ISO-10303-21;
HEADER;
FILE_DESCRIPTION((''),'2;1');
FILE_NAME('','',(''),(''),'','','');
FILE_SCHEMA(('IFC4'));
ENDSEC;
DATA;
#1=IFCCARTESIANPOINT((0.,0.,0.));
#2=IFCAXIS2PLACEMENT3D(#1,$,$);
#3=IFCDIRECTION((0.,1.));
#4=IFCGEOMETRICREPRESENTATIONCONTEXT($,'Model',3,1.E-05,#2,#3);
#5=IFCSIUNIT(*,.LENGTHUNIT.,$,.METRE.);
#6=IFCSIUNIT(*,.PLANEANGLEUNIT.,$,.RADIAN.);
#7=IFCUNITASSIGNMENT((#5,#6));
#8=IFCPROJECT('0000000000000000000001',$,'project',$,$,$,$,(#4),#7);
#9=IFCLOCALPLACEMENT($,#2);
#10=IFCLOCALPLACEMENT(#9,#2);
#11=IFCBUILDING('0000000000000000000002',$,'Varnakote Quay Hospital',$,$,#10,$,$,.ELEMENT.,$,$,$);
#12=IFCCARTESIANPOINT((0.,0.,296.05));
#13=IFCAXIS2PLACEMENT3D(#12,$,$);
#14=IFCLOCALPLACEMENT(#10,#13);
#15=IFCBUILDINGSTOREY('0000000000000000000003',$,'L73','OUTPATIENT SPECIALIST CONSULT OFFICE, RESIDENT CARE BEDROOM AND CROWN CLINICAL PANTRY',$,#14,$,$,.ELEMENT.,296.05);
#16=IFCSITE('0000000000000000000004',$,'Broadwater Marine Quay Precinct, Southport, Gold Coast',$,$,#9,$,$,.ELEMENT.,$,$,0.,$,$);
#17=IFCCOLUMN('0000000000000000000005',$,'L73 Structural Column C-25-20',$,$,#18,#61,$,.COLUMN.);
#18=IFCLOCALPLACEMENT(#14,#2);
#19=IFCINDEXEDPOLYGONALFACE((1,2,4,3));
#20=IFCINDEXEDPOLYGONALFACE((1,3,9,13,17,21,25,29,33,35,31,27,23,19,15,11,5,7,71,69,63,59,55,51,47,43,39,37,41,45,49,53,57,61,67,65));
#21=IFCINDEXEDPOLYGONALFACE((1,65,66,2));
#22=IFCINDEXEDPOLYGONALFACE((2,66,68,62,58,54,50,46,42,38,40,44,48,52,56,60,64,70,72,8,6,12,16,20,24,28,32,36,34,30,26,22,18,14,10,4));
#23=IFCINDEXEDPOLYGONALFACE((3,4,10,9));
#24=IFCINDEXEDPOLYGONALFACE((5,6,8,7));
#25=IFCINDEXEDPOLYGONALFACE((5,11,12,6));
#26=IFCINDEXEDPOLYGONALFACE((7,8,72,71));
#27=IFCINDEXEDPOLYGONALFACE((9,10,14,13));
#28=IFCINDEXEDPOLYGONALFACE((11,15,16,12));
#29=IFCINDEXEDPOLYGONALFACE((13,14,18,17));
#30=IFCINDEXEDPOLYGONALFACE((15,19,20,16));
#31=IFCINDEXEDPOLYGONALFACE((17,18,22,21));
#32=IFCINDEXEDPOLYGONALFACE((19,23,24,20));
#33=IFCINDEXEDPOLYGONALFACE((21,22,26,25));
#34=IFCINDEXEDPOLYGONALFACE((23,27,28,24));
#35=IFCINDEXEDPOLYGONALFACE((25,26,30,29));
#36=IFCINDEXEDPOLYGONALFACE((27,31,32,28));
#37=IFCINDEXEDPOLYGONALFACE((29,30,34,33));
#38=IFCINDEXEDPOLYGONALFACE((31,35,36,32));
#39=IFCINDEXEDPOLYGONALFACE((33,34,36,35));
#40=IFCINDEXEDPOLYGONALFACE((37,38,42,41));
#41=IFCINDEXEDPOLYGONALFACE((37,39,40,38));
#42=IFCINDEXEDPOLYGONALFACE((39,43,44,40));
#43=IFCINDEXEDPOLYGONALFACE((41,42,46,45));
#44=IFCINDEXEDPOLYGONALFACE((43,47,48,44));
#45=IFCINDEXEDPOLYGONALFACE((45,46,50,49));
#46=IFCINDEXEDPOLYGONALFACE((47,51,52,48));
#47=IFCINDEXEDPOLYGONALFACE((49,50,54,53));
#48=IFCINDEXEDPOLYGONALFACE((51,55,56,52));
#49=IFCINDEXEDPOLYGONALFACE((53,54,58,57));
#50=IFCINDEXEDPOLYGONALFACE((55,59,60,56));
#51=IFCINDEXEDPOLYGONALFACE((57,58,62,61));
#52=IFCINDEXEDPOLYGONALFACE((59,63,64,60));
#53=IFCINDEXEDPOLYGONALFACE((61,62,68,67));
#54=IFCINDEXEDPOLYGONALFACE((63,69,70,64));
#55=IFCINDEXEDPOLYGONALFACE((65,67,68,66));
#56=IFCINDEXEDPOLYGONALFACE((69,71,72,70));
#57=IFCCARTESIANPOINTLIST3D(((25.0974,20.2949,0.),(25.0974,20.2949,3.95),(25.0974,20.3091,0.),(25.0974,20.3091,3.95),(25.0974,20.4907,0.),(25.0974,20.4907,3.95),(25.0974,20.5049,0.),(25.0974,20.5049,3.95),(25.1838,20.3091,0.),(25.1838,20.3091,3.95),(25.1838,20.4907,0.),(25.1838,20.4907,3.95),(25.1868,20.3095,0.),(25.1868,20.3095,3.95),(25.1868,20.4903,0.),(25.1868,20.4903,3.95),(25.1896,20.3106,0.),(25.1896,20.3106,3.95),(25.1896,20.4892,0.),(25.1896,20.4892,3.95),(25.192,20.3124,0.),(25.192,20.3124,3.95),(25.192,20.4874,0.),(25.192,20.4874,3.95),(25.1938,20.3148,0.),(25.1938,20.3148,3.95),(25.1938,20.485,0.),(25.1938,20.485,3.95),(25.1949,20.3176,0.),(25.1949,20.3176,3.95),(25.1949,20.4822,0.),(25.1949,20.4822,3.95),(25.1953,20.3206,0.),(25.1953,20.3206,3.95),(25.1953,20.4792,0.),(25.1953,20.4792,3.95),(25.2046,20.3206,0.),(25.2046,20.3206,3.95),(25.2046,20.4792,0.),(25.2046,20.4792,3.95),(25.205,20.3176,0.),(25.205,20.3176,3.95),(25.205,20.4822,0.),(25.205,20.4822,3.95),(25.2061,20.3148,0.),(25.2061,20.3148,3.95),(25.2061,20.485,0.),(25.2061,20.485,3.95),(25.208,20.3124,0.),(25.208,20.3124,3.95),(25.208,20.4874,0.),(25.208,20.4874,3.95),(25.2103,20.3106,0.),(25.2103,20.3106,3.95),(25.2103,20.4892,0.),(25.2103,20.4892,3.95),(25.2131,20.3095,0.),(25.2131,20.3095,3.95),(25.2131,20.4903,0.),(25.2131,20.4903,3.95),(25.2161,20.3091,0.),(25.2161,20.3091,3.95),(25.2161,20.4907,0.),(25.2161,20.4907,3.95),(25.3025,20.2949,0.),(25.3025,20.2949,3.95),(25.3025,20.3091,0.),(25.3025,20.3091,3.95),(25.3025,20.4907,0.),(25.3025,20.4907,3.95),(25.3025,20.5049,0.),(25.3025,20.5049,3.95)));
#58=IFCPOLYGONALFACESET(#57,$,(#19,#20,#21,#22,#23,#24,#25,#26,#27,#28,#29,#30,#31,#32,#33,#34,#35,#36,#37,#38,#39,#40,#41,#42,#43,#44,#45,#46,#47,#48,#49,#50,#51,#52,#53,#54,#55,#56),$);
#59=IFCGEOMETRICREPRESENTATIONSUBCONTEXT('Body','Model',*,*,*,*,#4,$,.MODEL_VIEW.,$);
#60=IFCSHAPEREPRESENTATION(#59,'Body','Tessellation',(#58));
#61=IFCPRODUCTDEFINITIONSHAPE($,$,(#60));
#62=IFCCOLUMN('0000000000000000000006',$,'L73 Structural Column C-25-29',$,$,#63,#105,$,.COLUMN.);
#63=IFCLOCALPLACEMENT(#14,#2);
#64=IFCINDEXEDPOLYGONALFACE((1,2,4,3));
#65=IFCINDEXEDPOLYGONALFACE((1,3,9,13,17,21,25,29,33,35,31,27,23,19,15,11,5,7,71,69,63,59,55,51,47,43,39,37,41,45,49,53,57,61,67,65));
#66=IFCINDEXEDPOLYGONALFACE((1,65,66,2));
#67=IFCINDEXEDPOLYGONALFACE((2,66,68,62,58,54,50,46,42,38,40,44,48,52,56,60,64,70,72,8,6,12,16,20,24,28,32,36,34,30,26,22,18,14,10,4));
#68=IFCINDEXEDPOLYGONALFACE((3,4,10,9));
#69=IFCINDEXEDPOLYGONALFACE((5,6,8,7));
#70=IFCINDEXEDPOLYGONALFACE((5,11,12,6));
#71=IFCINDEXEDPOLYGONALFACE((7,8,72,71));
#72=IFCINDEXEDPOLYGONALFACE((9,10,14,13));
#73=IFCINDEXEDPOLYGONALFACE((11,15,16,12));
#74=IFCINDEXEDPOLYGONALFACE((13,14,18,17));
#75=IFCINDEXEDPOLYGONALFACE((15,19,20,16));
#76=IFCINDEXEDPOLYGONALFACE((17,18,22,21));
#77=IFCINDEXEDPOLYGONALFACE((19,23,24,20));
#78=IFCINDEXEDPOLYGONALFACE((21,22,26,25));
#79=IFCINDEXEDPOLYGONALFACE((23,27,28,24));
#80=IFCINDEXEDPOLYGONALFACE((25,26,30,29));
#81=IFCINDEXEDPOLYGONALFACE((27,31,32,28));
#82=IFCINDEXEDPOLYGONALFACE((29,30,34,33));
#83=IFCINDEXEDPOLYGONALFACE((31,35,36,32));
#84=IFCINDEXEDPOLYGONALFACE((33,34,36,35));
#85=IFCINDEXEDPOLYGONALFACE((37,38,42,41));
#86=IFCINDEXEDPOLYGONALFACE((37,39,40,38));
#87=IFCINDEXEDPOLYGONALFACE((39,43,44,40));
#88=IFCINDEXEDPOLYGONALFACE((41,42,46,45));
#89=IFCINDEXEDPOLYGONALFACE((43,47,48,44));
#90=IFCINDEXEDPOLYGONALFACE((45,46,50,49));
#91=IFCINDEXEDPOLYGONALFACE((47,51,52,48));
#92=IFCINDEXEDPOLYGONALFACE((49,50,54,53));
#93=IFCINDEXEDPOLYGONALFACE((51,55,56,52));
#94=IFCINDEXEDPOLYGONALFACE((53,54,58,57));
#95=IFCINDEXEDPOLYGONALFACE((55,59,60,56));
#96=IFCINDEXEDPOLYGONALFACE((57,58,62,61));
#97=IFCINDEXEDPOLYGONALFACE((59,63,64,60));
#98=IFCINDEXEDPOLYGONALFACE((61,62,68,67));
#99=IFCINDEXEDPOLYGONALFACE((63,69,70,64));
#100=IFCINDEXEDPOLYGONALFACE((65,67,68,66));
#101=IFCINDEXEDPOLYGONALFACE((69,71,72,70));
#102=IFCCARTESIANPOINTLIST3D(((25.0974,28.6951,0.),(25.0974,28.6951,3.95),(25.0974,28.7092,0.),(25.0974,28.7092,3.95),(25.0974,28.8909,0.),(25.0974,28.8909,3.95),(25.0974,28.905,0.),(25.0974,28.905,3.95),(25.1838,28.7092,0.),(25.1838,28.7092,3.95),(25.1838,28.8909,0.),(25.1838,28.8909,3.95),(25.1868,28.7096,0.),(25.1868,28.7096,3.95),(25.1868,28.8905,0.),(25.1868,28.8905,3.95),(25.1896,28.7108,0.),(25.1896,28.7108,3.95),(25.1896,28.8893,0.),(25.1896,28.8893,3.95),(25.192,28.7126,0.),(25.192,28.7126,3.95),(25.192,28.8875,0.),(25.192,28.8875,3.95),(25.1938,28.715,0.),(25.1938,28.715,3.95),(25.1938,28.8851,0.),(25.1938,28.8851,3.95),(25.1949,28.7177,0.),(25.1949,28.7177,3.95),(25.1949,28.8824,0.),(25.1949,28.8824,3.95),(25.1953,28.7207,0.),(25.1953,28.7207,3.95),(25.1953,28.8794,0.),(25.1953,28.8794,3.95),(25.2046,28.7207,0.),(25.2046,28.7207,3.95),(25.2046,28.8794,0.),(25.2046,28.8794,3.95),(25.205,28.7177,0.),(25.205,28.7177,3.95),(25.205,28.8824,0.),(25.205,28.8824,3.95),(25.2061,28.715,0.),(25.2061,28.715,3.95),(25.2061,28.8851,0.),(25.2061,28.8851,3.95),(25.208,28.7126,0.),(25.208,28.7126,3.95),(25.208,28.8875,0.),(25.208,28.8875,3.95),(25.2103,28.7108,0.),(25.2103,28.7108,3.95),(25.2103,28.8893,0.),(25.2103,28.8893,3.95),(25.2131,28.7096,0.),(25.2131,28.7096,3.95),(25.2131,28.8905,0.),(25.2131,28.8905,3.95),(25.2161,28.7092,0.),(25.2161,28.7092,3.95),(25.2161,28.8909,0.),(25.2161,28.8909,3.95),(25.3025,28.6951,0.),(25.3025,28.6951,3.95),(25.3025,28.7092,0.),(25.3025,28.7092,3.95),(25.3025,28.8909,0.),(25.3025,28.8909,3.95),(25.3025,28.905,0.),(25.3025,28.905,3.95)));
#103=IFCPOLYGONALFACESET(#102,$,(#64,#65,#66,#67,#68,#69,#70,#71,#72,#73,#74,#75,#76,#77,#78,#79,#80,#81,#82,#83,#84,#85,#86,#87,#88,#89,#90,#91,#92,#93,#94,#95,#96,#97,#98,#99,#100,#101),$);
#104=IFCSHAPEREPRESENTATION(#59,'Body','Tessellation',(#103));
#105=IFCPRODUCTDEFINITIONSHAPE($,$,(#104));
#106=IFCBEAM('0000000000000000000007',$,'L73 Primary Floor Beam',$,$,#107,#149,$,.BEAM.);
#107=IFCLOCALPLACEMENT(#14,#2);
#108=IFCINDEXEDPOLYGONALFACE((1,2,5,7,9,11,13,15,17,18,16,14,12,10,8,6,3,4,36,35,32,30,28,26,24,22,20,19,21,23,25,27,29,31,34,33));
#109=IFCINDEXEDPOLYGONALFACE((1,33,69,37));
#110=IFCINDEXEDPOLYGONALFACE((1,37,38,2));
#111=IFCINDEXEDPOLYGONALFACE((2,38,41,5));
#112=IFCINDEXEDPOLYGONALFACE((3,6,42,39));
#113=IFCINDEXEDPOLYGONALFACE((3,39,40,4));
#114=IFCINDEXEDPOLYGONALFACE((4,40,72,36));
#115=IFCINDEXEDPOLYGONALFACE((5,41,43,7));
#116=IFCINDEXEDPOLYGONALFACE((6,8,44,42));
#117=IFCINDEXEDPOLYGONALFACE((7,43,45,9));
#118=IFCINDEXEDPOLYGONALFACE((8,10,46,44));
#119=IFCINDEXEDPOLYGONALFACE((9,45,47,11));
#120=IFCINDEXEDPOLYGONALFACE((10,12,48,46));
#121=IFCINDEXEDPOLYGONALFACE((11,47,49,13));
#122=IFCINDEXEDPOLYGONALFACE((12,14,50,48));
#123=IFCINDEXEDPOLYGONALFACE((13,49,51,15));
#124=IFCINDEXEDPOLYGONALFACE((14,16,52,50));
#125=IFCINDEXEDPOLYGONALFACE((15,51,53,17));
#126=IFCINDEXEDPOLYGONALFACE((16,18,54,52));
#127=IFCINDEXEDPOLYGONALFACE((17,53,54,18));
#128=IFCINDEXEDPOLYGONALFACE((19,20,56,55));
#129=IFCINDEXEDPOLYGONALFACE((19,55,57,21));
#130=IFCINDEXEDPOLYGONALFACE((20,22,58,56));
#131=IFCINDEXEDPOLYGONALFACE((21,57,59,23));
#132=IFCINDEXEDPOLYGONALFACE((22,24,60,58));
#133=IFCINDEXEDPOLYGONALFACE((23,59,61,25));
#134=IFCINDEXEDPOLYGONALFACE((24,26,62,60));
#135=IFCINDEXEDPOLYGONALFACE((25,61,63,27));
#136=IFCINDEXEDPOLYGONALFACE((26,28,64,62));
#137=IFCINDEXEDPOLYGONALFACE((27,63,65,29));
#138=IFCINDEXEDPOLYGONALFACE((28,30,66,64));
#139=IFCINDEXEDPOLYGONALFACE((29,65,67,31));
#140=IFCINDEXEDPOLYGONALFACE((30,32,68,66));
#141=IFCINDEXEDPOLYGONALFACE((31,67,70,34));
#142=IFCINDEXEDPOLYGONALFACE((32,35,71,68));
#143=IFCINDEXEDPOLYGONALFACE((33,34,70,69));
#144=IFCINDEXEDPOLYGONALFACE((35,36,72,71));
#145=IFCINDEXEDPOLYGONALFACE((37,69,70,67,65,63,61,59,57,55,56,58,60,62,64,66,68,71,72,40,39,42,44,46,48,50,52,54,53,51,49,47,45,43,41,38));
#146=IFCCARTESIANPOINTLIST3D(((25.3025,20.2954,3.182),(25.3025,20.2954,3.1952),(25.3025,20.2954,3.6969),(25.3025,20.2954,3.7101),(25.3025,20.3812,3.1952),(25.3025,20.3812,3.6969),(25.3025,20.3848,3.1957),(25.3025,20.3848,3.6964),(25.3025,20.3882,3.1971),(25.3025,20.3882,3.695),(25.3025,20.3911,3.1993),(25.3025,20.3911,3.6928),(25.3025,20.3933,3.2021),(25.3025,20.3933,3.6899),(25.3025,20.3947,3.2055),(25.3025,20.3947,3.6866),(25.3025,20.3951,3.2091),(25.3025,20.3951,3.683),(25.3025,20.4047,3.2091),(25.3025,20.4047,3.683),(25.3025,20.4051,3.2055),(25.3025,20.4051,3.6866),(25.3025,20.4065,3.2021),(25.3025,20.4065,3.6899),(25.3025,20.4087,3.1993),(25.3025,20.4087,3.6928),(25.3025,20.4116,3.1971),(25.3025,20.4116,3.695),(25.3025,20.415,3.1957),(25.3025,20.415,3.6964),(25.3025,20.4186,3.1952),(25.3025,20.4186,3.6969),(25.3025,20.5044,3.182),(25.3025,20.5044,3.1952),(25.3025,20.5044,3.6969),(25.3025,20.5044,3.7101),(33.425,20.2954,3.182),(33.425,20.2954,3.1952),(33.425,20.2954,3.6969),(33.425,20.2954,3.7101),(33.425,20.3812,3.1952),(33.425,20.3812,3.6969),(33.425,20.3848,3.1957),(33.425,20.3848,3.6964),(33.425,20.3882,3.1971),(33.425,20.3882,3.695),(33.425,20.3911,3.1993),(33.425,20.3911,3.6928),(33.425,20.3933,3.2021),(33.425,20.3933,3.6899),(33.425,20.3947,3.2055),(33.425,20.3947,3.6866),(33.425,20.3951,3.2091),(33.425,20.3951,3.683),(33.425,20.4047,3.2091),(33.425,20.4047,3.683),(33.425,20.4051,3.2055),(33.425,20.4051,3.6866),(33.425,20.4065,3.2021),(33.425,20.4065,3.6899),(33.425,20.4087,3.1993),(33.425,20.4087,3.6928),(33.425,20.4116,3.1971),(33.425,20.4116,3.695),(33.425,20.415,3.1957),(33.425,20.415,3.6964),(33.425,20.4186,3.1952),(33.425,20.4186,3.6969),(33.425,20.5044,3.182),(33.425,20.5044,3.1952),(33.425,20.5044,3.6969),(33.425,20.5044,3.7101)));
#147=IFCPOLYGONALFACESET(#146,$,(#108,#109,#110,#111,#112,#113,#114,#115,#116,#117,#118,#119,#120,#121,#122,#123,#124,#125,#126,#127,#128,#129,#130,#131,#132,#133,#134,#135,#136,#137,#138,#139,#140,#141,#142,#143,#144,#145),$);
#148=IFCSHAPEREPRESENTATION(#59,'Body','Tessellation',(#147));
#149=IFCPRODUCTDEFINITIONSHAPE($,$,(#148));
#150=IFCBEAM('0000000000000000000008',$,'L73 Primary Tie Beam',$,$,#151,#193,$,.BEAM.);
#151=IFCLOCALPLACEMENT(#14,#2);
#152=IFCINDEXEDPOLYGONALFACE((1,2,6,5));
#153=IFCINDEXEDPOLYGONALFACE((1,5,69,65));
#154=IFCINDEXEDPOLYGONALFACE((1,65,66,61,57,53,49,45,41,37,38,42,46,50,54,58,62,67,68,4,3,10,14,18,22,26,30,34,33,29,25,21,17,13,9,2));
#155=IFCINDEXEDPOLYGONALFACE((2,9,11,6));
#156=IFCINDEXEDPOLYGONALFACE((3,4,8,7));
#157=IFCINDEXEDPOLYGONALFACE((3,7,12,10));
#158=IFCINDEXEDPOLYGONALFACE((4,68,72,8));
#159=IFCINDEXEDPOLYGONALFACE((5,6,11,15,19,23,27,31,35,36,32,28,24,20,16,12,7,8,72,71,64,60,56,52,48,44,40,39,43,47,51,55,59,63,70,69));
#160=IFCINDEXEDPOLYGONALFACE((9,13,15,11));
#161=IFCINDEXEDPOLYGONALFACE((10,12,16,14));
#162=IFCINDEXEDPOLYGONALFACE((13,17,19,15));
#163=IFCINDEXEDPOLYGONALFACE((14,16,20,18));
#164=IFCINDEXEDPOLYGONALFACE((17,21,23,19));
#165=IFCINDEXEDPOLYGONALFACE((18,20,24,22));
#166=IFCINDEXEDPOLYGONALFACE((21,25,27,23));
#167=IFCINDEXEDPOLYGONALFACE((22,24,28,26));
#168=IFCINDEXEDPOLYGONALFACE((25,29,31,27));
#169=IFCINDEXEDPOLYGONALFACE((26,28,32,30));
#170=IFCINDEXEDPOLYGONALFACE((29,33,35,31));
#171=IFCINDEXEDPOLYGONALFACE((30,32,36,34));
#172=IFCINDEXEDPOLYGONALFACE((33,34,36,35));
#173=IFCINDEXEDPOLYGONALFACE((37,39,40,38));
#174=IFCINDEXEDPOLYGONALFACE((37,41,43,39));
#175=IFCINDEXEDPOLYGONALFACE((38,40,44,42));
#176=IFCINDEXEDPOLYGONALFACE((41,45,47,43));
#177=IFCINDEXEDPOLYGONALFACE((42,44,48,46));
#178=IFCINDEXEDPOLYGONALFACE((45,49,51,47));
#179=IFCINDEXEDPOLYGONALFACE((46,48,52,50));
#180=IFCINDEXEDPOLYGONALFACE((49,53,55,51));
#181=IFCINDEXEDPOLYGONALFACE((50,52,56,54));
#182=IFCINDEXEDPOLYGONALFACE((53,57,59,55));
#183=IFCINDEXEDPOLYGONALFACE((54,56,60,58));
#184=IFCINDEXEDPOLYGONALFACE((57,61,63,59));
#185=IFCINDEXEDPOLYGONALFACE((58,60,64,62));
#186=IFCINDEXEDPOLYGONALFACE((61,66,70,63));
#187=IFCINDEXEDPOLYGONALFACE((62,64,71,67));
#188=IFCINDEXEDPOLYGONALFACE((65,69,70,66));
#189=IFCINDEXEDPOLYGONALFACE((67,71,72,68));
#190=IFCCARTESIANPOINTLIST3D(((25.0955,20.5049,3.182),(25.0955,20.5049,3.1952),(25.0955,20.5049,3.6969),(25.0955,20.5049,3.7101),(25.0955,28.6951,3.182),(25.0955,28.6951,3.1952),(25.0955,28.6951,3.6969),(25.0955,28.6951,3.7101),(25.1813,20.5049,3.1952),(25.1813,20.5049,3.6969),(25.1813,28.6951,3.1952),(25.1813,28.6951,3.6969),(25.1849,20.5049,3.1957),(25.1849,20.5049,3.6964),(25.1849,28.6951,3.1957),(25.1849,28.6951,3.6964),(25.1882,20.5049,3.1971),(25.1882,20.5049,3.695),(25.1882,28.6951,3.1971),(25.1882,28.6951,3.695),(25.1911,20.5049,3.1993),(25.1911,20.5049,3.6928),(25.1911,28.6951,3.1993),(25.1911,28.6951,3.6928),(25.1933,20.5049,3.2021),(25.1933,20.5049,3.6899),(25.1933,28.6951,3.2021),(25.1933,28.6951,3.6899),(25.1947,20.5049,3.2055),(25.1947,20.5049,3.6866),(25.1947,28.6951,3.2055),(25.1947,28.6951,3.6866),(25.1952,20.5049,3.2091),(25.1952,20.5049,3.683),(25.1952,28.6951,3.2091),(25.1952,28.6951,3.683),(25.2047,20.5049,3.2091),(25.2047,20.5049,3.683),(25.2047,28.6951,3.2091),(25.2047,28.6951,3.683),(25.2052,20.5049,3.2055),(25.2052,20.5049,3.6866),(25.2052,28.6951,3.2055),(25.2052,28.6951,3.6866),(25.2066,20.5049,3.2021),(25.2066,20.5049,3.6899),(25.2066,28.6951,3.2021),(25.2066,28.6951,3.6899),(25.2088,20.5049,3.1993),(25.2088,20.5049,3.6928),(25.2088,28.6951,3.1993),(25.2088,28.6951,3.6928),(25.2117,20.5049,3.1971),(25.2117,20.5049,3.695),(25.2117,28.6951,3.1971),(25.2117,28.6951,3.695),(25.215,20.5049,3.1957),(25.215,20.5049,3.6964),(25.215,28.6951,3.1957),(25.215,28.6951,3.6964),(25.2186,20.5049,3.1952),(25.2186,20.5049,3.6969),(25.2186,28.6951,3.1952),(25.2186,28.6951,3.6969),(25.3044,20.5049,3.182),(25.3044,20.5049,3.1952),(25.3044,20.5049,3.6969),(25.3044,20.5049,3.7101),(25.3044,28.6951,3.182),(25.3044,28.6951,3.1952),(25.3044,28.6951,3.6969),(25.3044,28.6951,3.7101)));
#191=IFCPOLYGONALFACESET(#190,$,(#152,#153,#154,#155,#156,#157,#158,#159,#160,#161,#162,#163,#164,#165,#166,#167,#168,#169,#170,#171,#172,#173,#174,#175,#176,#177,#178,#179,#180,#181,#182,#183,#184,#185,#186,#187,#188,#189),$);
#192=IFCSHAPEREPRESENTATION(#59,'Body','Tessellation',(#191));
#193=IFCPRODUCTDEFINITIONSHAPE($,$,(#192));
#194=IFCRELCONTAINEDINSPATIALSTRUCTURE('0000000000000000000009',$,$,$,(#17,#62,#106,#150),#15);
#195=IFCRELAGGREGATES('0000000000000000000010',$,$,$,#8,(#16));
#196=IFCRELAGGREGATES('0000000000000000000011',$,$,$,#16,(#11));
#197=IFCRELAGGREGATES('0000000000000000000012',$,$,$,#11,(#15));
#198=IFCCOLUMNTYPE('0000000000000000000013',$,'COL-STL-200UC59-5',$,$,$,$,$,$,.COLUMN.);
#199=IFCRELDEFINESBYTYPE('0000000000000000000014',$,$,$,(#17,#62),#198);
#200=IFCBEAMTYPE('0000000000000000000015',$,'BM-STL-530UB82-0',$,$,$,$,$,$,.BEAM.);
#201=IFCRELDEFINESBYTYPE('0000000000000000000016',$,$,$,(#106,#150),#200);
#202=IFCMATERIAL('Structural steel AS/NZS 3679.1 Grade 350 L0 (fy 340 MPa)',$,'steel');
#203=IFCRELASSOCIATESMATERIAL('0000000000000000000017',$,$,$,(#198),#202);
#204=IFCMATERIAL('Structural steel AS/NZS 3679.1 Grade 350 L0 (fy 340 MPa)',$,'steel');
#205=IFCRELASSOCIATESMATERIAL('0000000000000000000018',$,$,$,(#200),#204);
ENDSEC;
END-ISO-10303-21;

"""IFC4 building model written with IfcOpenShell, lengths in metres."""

from ifc_helpers import new_model, si_unit, direction, frame, origin, origin_2d, place, context, subcontext, project, spatial, i_section, extrude, material, material_profile, profile_set, type_object, element, save


model = new_model("IFC4")

# Units and contexts
model_context = context("Model", 3, precision=1e-05, world=origin(), true_north=direction((0.0, 1.0)))
body_context = subcontext(model_context, "Body", "Model", "MODEL_VIEW")
ifc_project = project(units=[si_unit("LENGTHUNIT", "METRE"), si_unit("PLANEANGLEUNIT", "RADIAN")], contexts=[model_context])

# Site, building, storey
site_placement = place(None, origin())
site = spatial("IfcSite", under=ifc_project, at=site_placement, Name="Broadwater Marine Quay Precinct, Southport, Gold Coast", CompositionType="ELEMENT", RefElevation=0.0)
building_placement = place(site_placement, origin())
building = spatial("IfcBuilding", under=site, at=building_placement, Name="Varnakote Quay Hospital", CompositionType="ELEMENT")
storey_placement = place(building_placement, frame((0.0, 0.0, 296.05)))
storey = spatial("IfcBuildingStorey", under=building, at=storey_placement, Name="L73", Description="OUTPATIENT SPECIALIST CONSULT OFFICE, RESIDENT CARE BEDROOM AND CROWN CLINICAL PANTRY", CompositionType="ELEMENT", Elevation=296.05)

# Columns
ifc_material_1 = material(Name="Structural steel AS/NZS 3679.1 Grade 350 L0 (fy 340 MPa)", Category="steel")
ifc_material_profile_1 = material_profile(ifc_material_1, i_section(OverallWidth=0.2051, OverallDepth=0.21, WebThickness=0.0093, FlangeThickness=0.0142, FilletRadius=0.0115, at=origin_2d()), Name="200UC59.5")
ifc_profile_set_1 = profile_set([ifc_material_profile_1], Name="Structural steel AS/NZS 3679.1 Grade 350 L0 (fy 340 MPa)")
column_type = type_object("IfcColumnType", Name="COL-STL-200UC59-5", PredefinedType="COLUMN", material=ifc_profile_set_1)
for number, where, z_axis, x_axis, name in (
    (1, (25.2, 20.3999, 0.0), (0.0, 0.0, 1.0), (1.0, 0.0, 0.0), "L73 Structural Column C-25-20"),
    (2, (25.2, 28.8, 0.0), (0.0, 0.0, 1.0), (1.0, 0.0, 0.0), "L73 Structural Column C-25-29"),
):
    element("IfcColumn", number, at=place(storey_placement, frame(where, z_axis=z_axis, x_axis=x_axis)), inside=storey, type_object=column_type, Name=name, PredefinedType="COLUMN", context=body_context, shape_type="SweptSolid", body=[
        extrude(i_section(OverallWidth=0.2051, OverallDepth=0.21, WebThickness=0.0093, FlangeThickness=0.0142, FilletRadius=0.0115, at=origin_2d()), origin(), (0.0, 0.0, 1.0), 3.95),
    ])

# Beams
ifc_material_2 = material(Name="Structural steel AS/NZS 3679.1 Grade 350 L0 (fy 340 MPa)", Category="steel")
ifc_material_profile_2 = material_profile(ifc_material_2, i_section(OverallWidth=0.209, OverallDepth=0.5281, WebThickness=0.0095, FlangeThickness=0.0132, FilletRadius=0.0139, at=origin_2d()), Name="530UB82.0")
ifc_profile_set_2 = profile_set([ifc_material_profile_2], Name="Structural steel AS/NZS 3679.1 Grade 350 L0 (fy 340 MPa)")
beam_type = type_object("IfcBeamType", Name="BM-STL-530UB82-0", PredefinedType="BEAM", material=ifc_profile_set_2)
beam_1_placement = place(storey_placement, frame((25.3025, 20.3999, 3.446), z_axis=(1.0, 0.0, 0.0), x_axis=(0.0, 1.0, 0.0)))
element("IfcBeam", 3, at=beam_1_placement, inside=storey, type_object=beam_type, Name="L73 Primary Floor Beam", PredefinedType="BEAM", context=body_context, shape_type="SweptSolid", body=[
    extrude(i_section(OverallWidth=0.209, OverallDepth=0.5281, WebThickness=0.0095, FlangeThickness=0.0132, FilletRadius=0.0139, at=origin_2d()), origin(), (0.0, 0.0, 1.0), 8.1226),
])
beam_2_placement = place(storey_placement, frame((25.2, 20.5049, 3.446), z_axis=(0.0, 1.0, 0.0), x_axis=(-1.0, 0.0, 0.0)))
element("IfcBeam", 4, at=beam_2_placement, inside=storey, type_object=beam_type, Name="L73 Primary Tie Beam", PredefinedType="BEAM", context=body_context, shape_type="SweptSolid", body=[
    extrude(i_section(OverallWidth=0.209, OverallDepth=0.5281, WebThickness=0.0095, FlangeThickness=0.0132, FilletRadius=0.0139, at=origin_2d()), origin(), (0.0, 0.0, 1.0), 8.1902),
])

save(model, "model.ifc")
